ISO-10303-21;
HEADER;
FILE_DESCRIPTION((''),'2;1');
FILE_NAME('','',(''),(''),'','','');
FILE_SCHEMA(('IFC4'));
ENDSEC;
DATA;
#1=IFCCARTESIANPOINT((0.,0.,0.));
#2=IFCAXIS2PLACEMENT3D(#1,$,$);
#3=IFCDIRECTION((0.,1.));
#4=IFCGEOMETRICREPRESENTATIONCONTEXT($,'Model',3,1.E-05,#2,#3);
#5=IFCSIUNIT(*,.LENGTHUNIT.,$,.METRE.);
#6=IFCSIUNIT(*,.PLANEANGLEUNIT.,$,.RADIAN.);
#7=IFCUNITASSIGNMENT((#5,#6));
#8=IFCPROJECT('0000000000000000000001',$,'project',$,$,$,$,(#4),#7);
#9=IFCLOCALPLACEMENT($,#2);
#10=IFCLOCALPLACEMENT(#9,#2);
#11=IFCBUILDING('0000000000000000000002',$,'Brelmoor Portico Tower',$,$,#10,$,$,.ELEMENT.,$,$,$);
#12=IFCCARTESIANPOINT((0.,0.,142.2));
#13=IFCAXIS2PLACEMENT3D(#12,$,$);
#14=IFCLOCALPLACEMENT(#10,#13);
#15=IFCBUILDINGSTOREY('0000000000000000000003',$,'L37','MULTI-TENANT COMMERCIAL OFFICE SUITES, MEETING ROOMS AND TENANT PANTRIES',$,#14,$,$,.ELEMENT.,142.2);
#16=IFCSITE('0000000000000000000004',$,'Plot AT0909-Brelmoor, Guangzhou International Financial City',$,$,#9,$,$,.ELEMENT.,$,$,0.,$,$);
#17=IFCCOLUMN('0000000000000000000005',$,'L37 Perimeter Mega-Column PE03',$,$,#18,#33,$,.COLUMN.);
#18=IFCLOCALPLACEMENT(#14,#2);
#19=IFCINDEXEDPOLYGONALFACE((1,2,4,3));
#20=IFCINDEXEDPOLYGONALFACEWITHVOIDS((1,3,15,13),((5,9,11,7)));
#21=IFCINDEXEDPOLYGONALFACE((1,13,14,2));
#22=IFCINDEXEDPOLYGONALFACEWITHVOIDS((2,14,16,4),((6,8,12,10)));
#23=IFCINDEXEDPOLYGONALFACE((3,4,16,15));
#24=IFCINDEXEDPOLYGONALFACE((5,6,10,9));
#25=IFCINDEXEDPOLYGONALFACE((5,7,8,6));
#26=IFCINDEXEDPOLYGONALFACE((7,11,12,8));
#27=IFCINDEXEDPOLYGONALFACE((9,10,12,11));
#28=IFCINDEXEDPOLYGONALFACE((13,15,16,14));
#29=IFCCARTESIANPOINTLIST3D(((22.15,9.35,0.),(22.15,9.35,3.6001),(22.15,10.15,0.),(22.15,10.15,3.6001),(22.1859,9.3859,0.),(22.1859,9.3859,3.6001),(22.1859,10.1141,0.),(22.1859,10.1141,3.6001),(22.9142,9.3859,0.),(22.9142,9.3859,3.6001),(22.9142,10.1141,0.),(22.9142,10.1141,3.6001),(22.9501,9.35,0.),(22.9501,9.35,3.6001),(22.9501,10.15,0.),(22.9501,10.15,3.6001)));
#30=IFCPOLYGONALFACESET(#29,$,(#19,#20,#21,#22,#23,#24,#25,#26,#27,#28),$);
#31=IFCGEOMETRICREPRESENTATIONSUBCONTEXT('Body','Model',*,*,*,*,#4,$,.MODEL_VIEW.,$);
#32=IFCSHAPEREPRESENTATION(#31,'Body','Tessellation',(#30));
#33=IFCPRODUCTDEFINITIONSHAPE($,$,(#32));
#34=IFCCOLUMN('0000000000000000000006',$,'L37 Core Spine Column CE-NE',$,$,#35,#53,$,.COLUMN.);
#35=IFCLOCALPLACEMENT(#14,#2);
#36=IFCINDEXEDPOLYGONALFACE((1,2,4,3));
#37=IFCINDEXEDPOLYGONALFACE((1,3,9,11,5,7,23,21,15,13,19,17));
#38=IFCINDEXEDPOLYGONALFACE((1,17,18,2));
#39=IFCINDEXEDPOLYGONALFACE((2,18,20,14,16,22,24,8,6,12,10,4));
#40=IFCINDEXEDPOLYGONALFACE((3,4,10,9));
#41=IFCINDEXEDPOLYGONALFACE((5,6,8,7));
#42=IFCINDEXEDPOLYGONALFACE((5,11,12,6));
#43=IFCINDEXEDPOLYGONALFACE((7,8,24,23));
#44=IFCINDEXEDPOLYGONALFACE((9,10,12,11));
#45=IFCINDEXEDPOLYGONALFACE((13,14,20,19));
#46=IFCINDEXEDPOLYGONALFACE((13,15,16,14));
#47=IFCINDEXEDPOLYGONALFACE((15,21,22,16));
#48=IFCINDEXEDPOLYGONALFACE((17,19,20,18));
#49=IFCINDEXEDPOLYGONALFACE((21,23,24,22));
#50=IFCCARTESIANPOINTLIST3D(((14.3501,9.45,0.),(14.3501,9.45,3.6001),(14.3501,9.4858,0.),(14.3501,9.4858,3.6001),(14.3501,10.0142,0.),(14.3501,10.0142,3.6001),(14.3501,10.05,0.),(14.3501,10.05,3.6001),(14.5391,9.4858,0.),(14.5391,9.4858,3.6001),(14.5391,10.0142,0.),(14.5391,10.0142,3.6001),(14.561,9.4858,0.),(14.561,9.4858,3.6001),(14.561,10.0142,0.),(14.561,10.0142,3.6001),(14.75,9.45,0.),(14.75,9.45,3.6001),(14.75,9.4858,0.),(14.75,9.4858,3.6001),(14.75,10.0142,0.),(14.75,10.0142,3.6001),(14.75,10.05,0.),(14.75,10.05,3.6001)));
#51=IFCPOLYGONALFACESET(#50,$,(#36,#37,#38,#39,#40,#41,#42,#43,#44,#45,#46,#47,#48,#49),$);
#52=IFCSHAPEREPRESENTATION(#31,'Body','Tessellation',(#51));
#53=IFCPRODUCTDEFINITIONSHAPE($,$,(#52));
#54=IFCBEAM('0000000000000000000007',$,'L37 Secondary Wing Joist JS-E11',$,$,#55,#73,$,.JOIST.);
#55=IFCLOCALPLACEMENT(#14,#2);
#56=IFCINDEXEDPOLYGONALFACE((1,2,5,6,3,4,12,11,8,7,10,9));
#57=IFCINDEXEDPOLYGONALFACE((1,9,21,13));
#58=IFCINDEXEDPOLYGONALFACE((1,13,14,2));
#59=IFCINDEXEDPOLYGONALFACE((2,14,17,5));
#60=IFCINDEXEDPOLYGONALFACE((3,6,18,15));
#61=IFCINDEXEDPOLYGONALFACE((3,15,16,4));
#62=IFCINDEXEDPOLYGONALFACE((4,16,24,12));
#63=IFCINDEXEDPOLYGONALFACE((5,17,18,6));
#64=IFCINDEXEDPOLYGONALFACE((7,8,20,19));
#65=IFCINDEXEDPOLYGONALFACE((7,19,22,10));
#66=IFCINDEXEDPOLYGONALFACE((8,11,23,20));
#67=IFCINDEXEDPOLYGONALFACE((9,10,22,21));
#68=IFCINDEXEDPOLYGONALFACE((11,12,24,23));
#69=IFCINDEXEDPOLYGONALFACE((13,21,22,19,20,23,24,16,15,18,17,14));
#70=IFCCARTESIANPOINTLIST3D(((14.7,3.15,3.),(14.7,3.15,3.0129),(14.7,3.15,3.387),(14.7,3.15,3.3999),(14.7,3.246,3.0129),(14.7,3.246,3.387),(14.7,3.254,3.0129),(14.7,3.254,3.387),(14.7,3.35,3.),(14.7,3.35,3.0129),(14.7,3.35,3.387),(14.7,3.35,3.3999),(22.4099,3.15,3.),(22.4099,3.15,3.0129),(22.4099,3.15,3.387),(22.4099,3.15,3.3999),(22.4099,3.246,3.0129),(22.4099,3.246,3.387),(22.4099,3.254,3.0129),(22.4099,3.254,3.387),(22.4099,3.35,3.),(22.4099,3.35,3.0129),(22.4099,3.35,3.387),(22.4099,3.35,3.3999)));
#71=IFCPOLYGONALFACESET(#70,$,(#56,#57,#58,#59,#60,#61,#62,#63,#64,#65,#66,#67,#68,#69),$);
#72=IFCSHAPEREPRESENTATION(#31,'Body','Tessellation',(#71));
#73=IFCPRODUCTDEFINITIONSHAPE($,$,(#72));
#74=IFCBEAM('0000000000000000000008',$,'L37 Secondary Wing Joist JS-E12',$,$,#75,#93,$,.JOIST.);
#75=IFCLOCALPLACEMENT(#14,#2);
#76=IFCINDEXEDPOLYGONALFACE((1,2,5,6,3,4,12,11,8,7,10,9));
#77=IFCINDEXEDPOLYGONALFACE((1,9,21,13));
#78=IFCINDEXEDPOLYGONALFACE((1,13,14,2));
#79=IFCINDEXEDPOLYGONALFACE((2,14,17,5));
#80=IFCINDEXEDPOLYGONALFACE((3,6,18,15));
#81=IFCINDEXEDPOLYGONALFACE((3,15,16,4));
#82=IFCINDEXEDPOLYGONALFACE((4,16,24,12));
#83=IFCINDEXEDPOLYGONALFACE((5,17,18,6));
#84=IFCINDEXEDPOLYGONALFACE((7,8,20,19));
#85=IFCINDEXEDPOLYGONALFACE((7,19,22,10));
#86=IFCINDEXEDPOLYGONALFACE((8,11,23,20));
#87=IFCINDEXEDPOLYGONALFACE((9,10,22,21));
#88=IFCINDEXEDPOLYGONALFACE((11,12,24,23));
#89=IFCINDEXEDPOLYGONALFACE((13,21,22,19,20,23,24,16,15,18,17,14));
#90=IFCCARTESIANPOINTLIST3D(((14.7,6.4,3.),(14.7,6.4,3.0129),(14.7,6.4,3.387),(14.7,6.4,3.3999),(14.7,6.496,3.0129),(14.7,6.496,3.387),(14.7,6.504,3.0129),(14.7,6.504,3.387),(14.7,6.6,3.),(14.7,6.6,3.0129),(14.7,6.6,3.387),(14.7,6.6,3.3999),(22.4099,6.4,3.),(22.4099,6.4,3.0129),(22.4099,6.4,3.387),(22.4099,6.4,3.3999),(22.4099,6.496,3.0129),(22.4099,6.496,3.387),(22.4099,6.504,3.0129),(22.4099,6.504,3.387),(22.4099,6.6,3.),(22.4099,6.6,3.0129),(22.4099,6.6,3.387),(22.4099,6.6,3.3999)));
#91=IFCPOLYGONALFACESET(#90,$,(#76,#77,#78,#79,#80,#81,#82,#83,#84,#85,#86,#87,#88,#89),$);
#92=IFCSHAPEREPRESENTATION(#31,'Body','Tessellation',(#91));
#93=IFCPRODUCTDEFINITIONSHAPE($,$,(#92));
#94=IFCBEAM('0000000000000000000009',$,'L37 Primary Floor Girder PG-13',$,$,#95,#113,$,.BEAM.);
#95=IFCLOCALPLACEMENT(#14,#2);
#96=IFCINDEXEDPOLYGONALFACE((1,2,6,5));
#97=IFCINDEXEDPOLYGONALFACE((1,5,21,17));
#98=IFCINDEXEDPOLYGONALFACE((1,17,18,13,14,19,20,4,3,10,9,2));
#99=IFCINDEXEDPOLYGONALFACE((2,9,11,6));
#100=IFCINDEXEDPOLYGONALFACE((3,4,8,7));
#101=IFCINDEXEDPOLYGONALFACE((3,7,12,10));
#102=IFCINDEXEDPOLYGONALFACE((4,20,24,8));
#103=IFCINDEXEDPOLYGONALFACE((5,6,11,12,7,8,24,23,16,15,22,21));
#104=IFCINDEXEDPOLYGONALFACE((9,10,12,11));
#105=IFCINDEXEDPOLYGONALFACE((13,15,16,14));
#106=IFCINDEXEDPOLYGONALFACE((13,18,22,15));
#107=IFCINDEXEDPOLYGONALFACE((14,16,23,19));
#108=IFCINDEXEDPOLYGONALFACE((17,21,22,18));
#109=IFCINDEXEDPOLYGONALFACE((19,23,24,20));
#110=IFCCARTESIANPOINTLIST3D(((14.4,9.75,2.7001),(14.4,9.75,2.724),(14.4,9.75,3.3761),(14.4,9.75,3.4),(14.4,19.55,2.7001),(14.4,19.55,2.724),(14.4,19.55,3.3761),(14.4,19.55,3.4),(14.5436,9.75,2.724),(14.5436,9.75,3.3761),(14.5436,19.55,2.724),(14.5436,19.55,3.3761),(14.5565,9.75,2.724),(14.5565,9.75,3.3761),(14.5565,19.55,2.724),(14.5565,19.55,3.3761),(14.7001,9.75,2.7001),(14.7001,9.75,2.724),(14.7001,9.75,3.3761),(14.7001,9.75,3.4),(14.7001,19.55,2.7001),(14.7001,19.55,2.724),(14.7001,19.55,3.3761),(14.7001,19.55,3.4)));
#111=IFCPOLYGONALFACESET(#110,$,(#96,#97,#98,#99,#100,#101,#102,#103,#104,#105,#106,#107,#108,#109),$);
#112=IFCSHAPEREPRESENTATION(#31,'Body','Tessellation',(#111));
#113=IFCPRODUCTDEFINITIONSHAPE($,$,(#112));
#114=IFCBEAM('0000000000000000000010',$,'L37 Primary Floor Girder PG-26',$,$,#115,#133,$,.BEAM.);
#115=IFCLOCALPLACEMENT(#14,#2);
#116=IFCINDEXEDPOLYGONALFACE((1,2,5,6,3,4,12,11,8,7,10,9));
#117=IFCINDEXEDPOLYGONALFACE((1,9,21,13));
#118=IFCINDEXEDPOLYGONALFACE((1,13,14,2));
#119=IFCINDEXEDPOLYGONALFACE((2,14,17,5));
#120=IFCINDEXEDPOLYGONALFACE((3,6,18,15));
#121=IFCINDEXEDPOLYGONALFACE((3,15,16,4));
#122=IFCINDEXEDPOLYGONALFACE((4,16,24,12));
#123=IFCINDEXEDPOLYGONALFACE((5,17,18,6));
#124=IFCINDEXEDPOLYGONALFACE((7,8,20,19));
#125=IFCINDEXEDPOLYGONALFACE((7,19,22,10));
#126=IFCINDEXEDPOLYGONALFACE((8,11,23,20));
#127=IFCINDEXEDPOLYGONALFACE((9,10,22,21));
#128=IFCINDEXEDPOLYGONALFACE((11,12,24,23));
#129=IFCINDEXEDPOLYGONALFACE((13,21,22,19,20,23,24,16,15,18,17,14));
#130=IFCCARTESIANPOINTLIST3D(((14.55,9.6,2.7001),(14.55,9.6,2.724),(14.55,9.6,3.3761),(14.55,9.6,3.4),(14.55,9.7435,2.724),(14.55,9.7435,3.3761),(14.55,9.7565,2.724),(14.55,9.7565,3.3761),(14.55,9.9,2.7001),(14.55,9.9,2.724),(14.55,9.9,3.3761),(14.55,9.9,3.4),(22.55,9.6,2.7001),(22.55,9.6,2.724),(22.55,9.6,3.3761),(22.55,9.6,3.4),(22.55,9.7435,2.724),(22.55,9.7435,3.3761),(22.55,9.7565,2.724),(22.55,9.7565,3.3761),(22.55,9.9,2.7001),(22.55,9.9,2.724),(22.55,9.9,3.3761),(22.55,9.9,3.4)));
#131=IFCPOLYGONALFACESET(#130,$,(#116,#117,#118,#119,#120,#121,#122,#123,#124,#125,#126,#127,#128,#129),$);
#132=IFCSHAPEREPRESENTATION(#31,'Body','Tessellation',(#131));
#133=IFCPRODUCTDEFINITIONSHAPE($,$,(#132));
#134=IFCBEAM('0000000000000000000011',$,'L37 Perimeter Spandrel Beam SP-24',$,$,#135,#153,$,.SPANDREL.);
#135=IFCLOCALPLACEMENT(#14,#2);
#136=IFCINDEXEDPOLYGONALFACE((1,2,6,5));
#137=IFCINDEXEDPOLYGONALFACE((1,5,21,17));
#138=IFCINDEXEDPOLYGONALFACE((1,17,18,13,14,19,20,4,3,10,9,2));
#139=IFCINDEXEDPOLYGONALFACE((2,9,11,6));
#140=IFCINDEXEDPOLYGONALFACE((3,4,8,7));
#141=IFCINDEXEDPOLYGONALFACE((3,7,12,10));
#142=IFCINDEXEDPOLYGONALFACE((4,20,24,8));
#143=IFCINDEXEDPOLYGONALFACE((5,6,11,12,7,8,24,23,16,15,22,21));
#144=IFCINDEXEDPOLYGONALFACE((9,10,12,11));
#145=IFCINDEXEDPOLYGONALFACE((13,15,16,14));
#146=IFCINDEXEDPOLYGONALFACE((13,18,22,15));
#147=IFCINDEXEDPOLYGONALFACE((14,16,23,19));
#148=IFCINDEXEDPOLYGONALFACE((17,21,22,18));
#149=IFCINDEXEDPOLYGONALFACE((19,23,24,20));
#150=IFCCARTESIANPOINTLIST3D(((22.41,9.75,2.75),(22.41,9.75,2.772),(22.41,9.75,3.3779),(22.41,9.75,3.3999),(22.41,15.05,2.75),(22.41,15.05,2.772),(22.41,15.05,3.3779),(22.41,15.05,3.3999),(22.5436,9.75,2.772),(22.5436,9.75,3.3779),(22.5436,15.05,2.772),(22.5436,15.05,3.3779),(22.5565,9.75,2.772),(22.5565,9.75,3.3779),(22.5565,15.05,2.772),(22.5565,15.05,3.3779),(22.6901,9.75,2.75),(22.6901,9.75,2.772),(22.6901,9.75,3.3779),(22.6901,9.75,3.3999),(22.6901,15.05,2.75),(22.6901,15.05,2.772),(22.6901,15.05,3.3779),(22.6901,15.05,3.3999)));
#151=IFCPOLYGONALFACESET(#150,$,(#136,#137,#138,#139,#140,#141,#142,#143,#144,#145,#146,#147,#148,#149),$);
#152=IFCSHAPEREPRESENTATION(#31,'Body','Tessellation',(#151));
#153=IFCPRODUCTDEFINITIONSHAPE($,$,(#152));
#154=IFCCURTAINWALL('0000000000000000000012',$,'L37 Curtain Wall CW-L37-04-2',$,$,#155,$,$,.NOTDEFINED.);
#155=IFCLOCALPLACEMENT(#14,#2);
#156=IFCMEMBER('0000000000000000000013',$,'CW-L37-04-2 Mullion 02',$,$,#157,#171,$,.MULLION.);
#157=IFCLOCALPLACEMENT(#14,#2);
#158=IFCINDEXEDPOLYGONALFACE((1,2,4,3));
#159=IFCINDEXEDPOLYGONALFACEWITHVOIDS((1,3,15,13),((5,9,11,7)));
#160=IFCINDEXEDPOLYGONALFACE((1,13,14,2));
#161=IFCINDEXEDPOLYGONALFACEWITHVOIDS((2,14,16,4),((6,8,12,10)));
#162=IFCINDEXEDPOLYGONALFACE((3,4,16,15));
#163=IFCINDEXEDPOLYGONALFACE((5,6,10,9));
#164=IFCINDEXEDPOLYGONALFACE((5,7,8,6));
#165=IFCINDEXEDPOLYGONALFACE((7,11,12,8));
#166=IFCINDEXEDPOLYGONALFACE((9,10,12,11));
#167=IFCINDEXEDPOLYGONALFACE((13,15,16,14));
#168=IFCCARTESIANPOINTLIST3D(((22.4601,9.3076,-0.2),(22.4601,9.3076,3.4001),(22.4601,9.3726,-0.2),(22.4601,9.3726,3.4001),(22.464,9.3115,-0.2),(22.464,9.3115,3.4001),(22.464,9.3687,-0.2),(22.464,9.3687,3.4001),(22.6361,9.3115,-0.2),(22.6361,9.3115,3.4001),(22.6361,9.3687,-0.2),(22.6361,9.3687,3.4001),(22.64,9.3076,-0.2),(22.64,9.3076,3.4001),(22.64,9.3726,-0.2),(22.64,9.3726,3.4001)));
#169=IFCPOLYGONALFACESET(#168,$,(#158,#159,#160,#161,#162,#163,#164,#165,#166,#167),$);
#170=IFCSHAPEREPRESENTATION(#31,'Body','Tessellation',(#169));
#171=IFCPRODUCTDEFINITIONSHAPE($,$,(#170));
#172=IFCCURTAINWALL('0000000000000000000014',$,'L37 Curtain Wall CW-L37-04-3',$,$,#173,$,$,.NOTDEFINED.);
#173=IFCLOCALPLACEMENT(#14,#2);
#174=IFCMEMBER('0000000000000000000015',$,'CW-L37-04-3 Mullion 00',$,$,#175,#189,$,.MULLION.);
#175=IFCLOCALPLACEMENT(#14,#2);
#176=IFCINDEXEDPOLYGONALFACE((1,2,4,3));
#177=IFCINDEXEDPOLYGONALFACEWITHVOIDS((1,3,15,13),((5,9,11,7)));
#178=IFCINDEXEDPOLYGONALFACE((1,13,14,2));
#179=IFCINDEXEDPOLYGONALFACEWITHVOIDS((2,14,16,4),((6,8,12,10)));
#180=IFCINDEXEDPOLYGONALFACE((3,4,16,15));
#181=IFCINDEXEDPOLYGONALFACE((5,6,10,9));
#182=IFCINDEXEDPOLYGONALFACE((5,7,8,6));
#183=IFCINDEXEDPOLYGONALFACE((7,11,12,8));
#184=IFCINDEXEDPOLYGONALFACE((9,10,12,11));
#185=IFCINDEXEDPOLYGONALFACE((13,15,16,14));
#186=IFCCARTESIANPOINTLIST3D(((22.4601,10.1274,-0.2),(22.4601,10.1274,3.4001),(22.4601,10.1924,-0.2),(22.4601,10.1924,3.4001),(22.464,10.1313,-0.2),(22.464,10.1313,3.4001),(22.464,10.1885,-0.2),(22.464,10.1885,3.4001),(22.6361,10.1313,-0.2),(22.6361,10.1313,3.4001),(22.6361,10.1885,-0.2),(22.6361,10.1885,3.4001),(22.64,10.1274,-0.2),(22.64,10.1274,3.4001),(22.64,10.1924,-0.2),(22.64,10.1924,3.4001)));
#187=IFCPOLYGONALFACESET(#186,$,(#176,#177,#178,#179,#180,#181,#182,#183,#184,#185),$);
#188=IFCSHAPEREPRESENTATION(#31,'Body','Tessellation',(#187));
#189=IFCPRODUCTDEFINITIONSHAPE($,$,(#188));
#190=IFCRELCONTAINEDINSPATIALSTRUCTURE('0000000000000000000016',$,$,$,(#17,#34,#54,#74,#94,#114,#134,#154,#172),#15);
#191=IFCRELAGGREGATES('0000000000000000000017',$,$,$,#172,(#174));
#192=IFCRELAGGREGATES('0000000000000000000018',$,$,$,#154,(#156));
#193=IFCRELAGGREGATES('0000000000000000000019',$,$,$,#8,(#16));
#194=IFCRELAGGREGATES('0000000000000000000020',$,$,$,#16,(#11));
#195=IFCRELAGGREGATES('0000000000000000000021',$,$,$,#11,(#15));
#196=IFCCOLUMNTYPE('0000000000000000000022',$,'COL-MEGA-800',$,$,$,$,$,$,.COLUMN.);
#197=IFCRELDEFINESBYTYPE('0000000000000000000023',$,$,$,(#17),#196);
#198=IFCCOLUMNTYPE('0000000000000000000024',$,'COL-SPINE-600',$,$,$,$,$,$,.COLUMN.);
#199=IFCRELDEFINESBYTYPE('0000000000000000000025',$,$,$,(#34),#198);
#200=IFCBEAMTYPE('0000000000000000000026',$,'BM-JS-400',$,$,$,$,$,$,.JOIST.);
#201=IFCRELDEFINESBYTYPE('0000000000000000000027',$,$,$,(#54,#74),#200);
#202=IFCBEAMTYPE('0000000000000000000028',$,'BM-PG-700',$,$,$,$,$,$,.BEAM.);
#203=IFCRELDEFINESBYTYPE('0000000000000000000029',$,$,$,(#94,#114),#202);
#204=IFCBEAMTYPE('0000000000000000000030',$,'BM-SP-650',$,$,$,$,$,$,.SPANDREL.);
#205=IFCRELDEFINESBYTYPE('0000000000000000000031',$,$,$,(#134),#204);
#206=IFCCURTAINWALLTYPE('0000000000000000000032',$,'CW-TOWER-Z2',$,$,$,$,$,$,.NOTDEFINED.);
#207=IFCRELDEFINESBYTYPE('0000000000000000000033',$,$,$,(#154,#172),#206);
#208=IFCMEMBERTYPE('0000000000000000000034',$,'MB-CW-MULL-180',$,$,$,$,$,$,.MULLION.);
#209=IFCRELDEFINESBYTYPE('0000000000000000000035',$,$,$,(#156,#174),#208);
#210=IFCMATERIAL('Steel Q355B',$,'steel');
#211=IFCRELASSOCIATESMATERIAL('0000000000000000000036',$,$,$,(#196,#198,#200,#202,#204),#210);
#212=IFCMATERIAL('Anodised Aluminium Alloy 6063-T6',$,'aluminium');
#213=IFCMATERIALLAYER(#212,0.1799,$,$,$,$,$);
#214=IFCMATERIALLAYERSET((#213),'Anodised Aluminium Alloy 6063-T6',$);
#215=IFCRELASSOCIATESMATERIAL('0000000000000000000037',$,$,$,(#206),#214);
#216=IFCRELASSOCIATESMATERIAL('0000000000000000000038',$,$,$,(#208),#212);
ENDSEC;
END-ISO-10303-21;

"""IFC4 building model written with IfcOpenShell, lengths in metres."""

from ifc_helpers import new_model, si_unit, direction, frame, origin, origin_2d, place, context, subcontext, project, spatial, hollow_rectangle, i_section, extrude, material, layer, layer_set, material_profile, profile_set, type_object, element, aggregate, save


model = new_model("IFC4")

# Units and contexts
model_context = context("Model", 3, precision=1e-05, world=origin(), true_north=direction((0.0, 1.0)))
body_context = subcontext(model_context, "Body", "Model", "MODEL_VIEW")
ifc_project = project(units=[si_unit("LENGTHUNIT", "METRE"), si_unit("PLANEANGLEUNIT", "RADIAN")], contexts=[model_context])

# Site, building, storey
site_placement = place(None, origin())
site = spatial("IfcSite", under=ifc_project, at=site_placement, Name="Plot AT0909-Brelmoor, Guangzhou International Financial City", CompositionType="ELEMENT", RefElevation=0.0)
building_placement = place(site_placement, origin())
building = spatial("IfcBuilding", under=site, at=building_placement, Name="Brelmoor Portico Tower", CompositionType="ELEMENT")
storey_placement = place(building_placement, frame((0.0, 0.0, 142.2)))
storey = spatial("IfcBuildingStorey", under=building, at=storey_placement, Name="L37", Description="MULTI-TENANT COMMERCIAL OFFICE SUITES, MEETING ROOMS AND TENANT PANTRIES", CompositionType="ELEMENT", Elevation=142.2)

# Columns
ifc_material_1 = material(Name="Steel Q355B", Category="steel")
ifc_material_profile_1 = material_profile(ifc_material_1, hollow_rectangle(XDim=0.8, YDim=0.8, WallThickness=0.0359, at=origin_2d()), Name="BOX 800x800x36")
ifc_profile_set_1 = profile_set([ifc_material_profile_1], Name="Steel Q355B")
column_type_1 = type_object("IfcColumnType", Name="COL-MEGA-800", PredefinedType="COLUMN", material=ifc_profile_set_1)
column_1_placement = place(storey_placement, frame((22.55, 9.75, 0.0), z_axis=(0.0, 0.0, 1.0), x_axis=(0.0, 1.0, 0.0)))
element("IfcColumn", 1, at=column_1_placement, inside=storey, type_object=column_type_1, Name="L37 Perimeter Mega-Column PE03", PredefinedType="COLUMN", context=body_context, shape_type="SweptSolid", body=[
    extrude(hollow_rectangle(XDim=0.8, YDim=0.8, WallThickness=0.0359, at=origin_2d()), origin(), (0.0, 0.0, 1.0), 3.6001),
])
ifc_material_profile_2 = material_profile(ifc_material_1, i_section(OverallWidth=0.3999, OverallDepth=0.6001, WebThickness=0.022, FlangeThickness=0.0359, at=origin_2d()), Name="HW 600x400x22x36")
ifc_profile_set_2 = profile_set([ifc_material_profile_2], Name="Steel Q355B")
column_type_2 = type_object("IfcColumnType", Name="COL-SPINE-600", PredefinedType="COLUMN", material=ifc_profile_set_2)
column_2_placement = place(storey_placement, frame((14.55, 9.75, 0.0), z_axis=(0.0, 0.0, 1.0), x_axis=(1.0, 0.0, 0.0)))
element("IfcColumn", 2, at=column_2_placement, inside=storey, type_object=column_type_2, Name="L37 Core Spine Column CE-NE", PredefinedType="COLUMN", context=body_context, shape_type="SweptSolid", body=[
    extrude(i_section(OverallWidth=0.3999, OverallDepth=0.6001, WebThickness=0.022, FlangeThickness=0.0359, at=origin_2d()), origin(), (0.0, 0.0, 1.0), 3.6001),
])

# Beams
ifc_material_profile_3 = material_profile(ifc_material_1, i_section(OverallWidth=0.2, OverallDepth=0.3999, WebThickness=0.0081, FlangeThickness=0.0129, at=origin_2d()), Name="HN 400x200x8x13")
ifc_profile_set_3 = profile_set([ifc_material_profile_3], Name="Steel Q355B")
beam_type_1 = type_object("IfcBeamType", Name="BM-JS-400", PredefinedType="JOIST", material=ifc_profile_set_3)
for number, where, z_axis, x_axis, name in (
    (3, (14.7, 3.25, 3.2), (1.0, 0.0, 0.0), (0.0, 1.0, 0.0), "L37 Secondary Wing Joist JS-E11"),
    (4, (14.7, 6.5, 3.2), (1.0, 0.0, 0.0), (0.0, 1.0, 0.0), "L37 Secondary Wing Joist JS-E12"),
):
    element("IfcBeam", number, at=place(storey_placement, frame(where, z_axis=z_axis, x_axis=x_axis)), inside=storey, type_object=beam_type_1, Name=name, PredefinedType="JOIST", context=body_context, shape_type="SweptSolid", body=[
        extrude(i_section(OverallWidth=0.2, OverallDepth=0.3999, WebThickness=0.0081, FlangeThickness=0.0129, at=origin_2d()), origin(), (0.0, 0.0, 1.0), 7.71),
    ])
ifc_material_profile_4 = material_profile(ifc_material_1, i_section(OverallWidth=0.3, OverallDepth=0.7, WebThickness=0.0129, FlangeThickness=0.0239, at=origin_2d()), Name="HN 700x300x13x24")
ifc_profile_set_4 = profile_set([ifc_material_profile_4], Name="Steel Q355B")
beam_type_2 = type_object("IfcBeamType", Name="BM-PG-700", PredefinedType="BEAM", material=ifc_profile_set_4)
beam_1_placement = place(storey_placement, frame((14.55, 9.75, 3.05), z_axis=(0.0, 1.0, 0.0), x_axis=(-1.0, 0.0, 0.0)))
element("IfcBeam", 5, at=beam_1_placement, inside=storey, type_object=beam_type_2, Name="L37 Primary Floor Girder PG-13", PredefinedType="BEAM", context=body_context, shape_type="SweptSolid", body=[
    extrude(i_section(OverallWidth=0.3, OverallDepth=0.7, WebThickness=0.0129, FlangeThickness=0.0239, at=origin_2d()), origin(), (0.0, 0.0, 1.0), 9.8),
])
beam_2_placement = place(storey_placement, frame((14.55, 9.75, 3.05), z_axis=(1.0, 0.0, 0.0), x_axis=(0.0, 1.0, 0.0)))
element("IfcBeam", 6, at=beam_2_placement, inside=storey, type_object=beam_type_2, Name="L37 Primary Floor Girder PG-26", PredefinedType="BEAM", context=body_context, shape_type="SweptSolid", body=[
    extrude(i_section(OverallWidth=0.3, OverallDepth=0.7, WebThickness=0.0129, FlangeThickness=0.0239, at=origin_2d()), origin(), (0.0, 0.0, 1.0), 8.0),
])
ifc_material_profile_5 = material_profile(ifc_material_1, i_section(OverallWidth=0.28, OverallDepth=0.6499, WebThickness=0.0129, FlangeThickness=0.022, at=origin_2d()), Name="HN 650x280x13x22")
ifc_profile_set_5 = profile_set([ifc_material_profile_5], Name="Steel Q355B")
beam_type_3 = type_object("IfcBeamType", Name="BM-SP-650", PredefinedType="SPANDREL", material=ifc_profile_set_5)
beam_3_placement = place(storey_placement, frame((22.55, 9.75, 3.075), z_axis=(0.0, 1.0, 0.0), x_axis=(-1.0, 0.0, 0.0)))
element("IfcBeam", 7, at=beam_3_placement, inside=storey, type_object=beam_type_3, Name="L37 Perimeter Spandrel Beam SP-24", PredefinedType="SPANDREL", context=body_context, shape_type="SweptSolid", body=[
    extrude(i_section(OverallWidth=0.28, OverallDepth=0.6499, WebThickness=0.0129, FlangeThickness=0.022, at=origin_2d()), origin(), (0.0, 0.0, 1.0), 5.3),
])

# Curtain wall, member
ifc_material_2 = material(Name="Anodised Aluminium Alloy 6063-T6", Category="aluminium")
ifc_layer_1 = layer(ifc_material_2, 0.1799)
ifc_layer_set_1 = layer_set([ifc_layer_1], Name="Anodised Aluminium Alloy 6063-T6")
curtain_wall_type = type_object("IfcCurtainWallType", Name="CW-TOWER-Z2", PredefinedType="NOTDEFINED", material=ifc_layer_set_1)
curtain_wall_1_placement = place(storey_placement, origin())
curtain_wall_1 = element("IfcCurtainWall", 8, at=curtain_wall_1_placement, inside=storey, type_object=curtain_wall_type, Name="L37 Curtain Wall CW-L37-04-2", PredefinedType="NOTDEFINED")
ifc_material_profile_6 = material_profile(ifc_material_2, hollow_rectangle(XDim=0.0649, YDim=0.1799, WallThickness=0.0039, at=origin_2d()), Name="ALU MULLION 65x180")
ifc_profile_set_6 = profile_set([ifc_material_profile_6], Name="Anodised Aluminium Alloy 6063-T6")
member_type_1 = type_object("IfcMemberType", Name="MB-CW-MULL-180", PredefinedType="MULLION", material=ifc_profile_set_6)
member_1_placement = place(storey_placement, frame((22.55, 9.3401, -0.2), z_axis=(0.0, 0.0, 1.0), x_axis=(0.0, 1.0, 0.0)))
member_1 = element("IfcMember", 9, at=member_1_placement, type_object=member_type_1, Name="CW-L37-04-2 Mullion 02", PredefinedType="MULLION", context=body_context, shape_type="SweptSolid", body=[
    extrude(hollow_rectangle(XDim=0.0649, YDim=0.1799, WallThickness=0.0039, at=origin_2d()), origin(), (0.0, 0.0, 1.0), 3.6001),
])

# Curtain wall, member
curtain_wall_2_placement = place(storey_placement, origin())
curtain_wall_2 = element("IfcCurtainWall", 10, at=curtain_wall_2_placement, inside=storey, type_object=curtain_wall_type, Name="L37 Curtain Wall CW-L37-04-3", PredefinedType="NOTDEFINED")
member_2_placement = place(storey_placement, frame((22.55, 10.1599, -0.2), z_axis=(0.0, 0.0, 1.0), x_axis=(0.0, 1.0, 0.0)))
member_2 = element("IfcMember", 11, at=member_2_placement, type_object=member_type_1, Name="CW-L37-04-3 Mullion 00", PredefinedType="MULLION", context=body_context, shape_type="SweptSolid", body=[
    extrude(hollow_rectangle(XDim=0.0649, YDim=0.1799, WallThickness=0.0039, at=origin_2d()), origin(), (0.0, 0.0, 1.0), 3.6001),
])
aggregate(curtain_wall_2, [member_2])

aggregate(curtain_wall_1, [member_1])

save(model, "model.ifc")
